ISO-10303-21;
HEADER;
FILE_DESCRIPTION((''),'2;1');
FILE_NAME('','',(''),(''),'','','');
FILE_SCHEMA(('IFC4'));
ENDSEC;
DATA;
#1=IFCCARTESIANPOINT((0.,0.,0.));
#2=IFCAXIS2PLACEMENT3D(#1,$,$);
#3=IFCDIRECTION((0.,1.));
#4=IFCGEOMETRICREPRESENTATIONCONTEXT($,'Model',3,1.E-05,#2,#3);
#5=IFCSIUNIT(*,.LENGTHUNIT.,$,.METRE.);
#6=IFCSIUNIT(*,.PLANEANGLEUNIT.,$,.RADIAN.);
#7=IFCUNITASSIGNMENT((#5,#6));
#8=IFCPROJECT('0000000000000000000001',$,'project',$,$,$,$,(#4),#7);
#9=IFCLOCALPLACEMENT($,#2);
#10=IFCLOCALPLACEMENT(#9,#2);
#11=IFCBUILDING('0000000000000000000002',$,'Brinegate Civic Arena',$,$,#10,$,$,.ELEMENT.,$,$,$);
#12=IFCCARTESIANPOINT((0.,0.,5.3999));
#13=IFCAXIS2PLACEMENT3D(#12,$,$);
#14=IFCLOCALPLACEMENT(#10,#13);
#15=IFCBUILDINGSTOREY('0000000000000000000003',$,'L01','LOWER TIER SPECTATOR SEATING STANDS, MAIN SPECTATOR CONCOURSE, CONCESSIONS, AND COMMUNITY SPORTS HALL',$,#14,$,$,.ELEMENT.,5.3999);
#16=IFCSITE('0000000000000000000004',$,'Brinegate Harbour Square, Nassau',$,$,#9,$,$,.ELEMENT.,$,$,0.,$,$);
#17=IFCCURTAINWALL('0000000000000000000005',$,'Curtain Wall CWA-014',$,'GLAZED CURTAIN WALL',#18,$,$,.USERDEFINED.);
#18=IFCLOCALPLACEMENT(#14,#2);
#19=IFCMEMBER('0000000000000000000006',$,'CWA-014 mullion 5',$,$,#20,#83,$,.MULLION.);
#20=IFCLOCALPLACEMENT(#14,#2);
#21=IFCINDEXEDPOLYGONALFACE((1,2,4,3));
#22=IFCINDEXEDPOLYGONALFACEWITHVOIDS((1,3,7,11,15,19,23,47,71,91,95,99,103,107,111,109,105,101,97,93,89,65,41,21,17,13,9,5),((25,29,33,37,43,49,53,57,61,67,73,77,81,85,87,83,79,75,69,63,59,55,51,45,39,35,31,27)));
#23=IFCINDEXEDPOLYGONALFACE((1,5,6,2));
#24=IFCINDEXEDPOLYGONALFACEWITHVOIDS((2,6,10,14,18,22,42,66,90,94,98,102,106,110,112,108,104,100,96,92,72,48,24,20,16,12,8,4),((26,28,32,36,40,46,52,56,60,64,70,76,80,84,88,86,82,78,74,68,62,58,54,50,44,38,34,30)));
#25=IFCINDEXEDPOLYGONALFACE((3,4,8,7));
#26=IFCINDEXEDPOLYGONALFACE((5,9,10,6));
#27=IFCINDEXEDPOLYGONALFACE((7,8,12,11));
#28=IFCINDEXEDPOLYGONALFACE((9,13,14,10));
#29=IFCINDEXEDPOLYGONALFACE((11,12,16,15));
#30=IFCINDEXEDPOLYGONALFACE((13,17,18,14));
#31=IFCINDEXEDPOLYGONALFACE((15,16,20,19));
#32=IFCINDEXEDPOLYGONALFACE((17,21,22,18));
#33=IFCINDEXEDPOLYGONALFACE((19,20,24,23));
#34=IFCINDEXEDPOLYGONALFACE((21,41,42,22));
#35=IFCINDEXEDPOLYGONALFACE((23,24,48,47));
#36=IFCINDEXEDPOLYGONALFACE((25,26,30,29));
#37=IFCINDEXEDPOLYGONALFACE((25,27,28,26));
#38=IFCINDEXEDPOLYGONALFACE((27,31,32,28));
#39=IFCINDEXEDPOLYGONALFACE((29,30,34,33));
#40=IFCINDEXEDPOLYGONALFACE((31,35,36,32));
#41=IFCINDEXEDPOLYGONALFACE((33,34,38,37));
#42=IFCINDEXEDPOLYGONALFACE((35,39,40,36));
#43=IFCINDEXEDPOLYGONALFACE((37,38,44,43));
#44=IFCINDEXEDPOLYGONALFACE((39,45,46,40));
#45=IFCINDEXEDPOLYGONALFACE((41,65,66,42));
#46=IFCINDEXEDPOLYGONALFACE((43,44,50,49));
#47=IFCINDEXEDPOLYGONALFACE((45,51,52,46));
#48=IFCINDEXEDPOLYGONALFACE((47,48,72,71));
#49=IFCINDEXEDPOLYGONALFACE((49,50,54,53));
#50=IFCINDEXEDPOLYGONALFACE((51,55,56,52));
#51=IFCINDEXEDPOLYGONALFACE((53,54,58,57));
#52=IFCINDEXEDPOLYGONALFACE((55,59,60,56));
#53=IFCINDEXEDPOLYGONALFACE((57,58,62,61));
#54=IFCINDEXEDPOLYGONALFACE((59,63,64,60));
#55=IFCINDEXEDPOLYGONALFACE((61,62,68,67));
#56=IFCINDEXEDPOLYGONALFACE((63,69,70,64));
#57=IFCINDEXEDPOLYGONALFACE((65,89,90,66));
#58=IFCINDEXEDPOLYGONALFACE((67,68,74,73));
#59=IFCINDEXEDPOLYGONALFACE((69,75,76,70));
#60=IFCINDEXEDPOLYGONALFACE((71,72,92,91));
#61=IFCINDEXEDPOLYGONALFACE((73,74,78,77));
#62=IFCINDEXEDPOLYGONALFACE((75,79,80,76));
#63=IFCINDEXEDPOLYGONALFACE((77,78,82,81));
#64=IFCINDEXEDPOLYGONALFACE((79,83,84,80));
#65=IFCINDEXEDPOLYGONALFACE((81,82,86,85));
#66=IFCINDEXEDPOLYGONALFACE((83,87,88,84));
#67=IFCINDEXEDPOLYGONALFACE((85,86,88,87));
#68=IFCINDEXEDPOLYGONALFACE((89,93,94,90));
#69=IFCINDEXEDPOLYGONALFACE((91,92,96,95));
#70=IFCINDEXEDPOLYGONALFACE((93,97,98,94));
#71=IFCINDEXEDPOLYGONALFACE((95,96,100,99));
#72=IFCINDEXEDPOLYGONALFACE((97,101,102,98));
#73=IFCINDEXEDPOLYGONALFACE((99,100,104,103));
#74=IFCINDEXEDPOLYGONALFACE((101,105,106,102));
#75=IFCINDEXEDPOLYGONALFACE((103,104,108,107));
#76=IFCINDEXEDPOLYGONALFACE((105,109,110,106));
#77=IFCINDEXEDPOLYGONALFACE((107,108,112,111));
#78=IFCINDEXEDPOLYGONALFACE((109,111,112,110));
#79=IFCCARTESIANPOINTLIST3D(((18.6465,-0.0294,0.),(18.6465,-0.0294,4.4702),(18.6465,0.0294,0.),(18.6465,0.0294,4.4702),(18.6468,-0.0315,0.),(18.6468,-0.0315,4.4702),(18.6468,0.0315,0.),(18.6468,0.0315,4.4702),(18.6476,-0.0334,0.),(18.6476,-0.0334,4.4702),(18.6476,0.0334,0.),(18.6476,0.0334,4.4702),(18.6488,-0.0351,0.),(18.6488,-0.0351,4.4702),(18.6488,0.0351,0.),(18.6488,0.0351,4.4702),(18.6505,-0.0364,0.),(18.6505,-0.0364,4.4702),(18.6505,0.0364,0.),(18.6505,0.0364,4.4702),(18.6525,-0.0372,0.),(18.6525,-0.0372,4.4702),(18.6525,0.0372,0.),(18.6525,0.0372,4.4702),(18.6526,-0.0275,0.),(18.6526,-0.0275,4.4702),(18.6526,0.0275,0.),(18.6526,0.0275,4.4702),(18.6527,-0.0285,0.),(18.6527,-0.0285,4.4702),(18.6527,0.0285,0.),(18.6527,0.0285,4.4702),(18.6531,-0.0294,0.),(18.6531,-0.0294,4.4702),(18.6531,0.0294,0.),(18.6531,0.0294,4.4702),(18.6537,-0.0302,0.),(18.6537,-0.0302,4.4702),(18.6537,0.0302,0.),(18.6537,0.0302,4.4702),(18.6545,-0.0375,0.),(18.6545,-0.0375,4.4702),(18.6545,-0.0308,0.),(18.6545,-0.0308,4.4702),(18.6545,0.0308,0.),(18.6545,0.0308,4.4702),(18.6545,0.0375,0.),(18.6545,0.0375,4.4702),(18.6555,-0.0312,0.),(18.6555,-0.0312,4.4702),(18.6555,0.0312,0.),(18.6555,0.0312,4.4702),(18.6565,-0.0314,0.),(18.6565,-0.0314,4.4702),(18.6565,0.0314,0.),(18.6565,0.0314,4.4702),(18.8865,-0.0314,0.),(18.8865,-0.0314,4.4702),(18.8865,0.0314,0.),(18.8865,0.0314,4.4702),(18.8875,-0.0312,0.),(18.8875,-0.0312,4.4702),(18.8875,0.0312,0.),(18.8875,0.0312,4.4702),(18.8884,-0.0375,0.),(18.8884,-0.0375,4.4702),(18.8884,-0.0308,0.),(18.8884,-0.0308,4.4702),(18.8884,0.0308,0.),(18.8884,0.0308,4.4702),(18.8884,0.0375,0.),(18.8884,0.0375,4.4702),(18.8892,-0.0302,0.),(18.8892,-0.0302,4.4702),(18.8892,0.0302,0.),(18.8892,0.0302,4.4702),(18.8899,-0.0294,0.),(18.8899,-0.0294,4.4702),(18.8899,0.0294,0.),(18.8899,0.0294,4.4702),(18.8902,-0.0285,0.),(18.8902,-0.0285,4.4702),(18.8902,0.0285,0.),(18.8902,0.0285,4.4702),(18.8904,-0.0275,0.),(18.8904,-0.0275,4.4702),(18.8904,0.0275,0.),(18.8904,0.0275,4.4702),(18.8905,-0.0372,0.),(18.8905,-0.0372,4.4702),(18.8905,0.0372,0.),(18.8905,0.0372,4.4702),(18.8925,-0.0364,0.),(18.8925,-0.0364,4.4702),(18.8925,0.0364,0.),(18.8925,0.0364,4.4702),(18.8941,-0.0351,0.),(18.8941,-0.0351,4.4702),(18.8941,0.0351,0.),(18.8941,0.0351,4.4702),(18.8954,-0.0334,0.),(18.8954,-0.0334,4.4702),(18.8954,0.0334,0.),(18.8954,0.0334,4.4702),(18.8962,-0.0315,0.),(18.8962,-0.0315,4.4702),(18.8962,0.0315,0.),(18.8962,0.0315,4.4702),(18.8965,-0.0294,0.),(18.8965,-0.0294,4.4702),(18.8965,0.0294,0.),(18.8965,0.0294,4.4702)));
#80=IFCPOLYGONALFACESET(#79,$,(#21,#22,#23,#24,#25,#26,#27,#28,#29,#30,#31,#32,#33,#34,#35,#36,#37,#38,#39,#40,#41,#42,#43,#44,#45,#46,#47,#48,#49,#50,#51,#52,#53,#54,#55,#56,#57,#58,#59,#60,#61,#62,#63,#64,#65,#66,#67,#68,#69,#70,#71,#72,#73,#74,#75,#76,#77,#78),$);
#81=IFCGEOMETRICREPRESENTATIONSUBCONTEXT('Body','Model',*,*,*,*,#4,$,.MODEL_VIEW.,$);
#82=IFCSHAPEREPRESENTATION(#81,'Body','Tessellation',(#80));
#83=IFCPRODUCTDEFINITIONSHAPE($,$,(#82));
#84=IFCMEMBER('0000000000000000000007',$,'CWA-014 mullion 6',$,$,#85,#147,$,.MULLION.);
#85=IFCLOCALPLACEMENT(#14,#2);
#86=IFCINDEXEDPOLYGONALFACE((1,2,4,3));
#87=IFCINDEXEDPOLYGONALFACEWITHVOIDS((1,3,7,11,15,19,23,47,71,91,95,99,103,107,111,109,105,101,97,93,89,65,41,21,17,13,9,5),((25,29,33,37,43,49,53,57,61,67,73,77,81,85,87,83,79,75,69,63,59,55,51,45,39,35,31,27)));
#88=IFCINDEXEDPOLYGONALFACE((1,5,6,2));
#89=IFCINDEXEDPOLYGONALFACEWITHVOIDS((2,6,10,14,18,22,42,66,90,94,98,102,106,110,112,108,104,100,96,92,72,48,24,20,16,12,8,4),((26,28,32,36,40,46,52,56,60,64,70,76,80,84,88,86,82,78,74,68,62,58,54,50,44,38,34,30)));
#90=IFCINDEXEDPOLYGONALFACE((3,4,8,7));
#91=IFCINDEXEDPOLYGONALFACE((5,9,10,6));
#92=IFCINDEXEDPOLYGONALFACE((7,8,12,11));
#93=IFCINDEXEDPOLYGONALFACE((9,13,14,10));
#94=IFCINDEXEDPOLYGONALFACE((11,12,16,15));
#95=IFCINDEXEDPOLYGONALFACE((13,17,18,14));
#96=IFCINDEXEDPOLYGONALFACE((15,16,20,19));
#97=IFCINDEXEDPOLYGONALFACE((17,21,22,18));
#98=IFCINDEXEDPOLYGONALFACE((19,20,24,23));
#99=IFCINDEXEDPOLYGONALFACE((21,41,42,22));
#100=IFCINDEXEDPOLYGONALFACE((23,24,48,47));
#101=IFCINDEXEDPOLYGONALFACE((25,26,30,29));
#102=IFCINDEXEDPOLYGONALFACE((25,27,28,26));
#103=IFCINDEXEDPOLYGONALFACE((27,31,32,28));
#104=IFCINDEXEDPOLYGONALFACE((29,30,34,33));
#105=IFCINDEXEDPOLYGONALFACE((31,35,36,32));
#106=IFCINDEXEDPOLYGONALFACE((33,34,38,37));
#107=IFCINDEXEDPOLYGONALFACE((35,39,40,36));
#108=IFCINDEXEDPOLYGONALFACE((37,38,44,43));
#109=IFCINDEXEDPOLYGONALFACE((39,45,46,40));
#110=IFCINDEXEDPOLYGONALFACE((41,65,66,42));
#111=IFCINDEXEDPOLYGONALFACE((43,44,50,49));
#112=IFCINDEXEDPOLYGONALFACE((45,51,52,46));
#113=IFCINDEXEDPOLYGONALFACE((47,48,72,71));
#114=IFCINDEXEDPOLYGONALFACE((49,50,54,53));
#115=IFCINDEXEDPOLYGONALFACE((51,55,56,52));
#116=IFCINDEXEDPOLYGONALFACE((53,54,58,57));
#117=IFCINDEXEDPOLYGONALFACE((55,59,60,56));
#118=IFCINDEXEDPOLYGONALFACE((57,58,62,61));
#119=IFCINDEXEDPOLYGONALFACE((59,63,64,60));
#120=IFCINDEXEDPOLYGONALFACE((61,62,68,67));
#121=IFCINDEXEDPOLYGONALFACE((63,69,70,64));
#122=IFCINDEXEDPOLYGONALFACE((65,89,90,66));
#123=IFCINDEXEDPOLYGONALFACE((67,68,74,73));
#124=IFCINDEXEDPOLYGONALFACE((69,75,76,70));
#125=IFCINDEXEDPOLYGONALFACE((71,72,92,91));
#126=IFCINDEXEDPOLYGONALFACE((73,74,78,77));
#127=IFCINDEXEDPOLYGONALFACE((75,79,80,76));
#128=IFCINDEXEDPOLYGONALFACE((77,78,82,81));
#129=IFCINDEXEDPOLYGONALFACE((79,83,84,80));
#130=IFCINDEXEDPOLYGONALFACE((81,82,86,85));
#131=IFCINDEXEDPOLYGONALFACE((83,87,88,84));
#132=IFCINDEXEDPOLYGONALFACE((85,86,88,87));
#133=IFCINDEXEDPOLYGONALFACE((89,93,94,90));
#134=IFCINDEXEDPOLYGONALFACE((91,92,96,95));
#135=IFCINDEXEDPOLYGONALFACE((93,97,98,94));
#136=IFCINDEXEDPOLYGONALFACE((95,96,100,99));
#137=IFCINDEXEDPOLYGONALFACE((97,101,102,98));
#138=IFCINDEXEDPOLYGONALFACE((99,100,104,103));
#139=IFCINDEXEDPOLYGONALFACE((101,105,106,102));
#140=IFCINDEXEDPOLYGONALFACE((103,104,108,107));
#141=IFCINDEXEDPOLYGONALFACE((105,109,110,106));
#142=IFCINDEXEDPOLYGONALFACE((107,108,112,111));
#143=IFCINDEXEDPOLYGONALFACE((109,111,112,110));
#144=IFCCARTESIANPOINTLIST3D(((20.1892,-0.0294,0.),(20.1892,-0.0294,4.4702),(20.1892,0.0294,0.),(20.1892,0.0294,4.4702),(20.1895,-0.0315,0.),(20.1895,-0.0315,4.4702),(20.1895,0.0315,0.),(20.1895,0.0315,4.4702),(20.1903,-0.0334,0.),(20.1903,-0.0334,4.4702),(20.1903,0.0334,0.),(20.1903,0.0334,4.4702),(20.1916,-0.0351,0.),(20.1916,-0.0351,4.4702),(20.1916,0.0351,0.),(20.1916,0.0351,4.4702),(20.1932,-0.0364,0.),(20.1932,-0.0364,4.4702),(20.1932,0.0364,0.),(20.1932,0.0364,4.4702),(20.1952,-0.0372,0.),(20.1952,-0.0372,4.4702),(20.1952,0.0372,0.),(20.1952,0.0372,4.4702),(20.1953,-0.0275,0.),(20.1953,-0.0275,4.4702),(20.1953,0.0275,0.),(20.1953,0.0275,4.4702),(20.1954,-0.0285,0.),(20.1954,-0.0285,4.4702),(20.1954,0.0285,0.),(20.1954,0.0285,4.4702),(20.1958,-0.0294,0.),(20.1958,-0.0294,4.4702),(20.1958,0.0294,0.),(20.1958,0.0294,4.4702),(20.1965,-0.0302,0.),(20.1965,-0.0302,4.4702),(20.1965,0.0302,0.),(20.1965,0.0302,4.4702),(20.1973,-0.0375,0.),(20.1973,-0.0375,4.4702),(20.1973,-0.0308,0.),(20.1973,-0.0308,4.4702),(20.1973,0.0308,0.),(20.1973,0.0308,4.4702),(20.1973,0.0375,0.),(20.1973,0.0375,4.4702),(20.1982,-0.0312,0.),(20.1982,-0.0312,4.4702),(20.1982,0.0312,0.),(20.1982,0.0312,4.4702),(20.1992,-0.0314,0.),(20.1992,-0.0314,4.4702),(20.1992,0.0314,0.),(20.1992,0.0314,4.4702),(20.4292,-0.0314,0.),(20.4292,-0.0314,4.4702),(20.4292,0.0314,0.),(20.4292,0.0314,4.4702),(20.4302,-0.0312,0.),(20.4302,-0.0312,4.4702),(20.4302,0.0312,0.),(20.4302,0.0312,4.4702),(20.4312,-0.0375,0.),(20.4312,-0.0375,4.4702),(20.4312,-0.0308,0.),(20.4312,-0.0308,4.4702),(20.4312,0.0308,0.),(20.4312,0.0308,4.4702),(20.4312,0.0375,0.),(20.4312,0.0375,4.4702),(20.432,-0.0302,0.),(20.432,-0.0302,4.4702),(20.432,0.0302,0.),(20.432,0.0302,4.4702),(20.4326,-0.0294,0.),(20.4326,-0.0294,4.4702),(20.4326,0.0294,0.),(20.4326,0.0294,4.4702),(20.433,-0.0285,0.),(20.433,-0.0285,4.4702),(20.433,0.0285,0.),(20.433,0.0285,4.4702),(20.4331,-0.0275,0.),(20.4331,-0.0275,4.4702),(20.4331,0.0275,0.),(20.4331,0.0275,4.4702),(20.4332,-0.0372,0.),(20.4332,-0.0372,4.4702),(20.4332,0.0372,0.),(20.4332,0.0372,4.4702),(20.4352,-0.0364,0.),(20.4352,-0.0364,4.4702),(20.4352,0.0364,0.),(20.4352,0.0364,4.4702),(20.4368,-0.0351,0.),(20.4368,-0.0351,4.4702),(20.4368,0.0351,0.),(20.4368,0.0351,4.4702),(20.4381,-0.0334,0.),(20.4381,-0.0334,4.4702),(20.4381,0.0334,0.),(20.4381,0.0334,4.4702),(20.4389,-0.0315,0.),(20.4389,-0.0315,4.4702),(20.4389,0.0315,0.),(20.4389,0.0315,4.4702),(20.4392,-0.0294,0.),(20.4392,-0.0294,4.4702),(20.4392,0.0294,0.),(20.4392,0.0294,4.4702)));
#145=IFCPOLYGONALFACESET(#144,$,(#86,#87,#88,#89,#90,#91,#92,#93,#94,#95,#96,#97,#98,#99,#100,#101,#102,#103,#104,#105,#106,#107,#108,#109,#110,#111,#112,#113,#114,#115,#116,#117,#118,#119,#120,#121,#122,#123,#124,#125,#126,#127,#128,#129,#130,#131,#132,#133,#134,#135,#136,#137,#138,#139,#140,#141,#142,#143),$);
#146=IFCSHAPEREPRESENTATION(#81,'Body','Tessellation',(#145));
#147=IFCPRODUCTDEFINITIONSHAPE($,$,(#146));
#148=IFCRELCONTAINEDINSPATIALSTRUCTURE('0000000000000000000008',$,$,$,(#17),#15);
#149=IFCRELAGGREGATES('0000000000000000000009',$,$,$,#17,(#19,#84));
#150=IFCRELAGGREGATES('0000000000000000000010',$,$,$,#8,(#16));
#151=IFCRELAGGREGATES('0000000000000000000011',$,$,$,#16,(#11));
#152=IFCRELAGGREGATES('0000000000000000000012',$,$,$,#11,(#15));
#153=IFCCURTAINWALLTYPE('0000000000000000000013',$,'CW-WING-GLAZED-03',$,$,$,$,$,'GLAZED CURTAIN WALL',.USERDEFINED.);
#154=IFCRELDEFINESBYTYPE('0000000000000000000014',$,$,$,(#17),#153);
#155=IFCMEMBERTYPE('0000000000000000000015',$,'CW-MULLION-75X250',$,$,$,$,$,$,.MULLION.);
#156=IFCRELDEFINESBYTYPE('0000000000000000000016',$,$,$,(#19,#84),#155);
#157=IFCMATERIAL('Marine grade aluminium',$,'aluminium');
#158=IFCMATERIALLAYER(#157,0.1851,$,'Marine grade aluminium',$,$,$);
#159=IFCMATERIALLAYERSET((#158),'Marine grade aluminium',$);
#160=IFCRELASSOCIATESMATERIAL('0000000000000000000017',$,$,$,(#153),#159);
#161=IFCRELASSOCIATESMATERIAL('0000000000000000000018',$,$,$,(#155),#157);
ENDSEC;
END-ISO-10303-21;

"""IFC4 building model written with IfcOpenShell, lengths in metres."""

from ifc_helpers import new_model, si_unit, direction, frame, origin, origin_2d, place, context, subcontext, project, spatial, hollow_rectangle, extrude, material, layer, layer_set, material_profile, profile_set, type_object, element, aggregate, save


model = new_model("IFC4")

# Units and contexts
model_context = context("Model", 3, precision=1e-05, world=origin(), true_north=direction((0.0, 1.0)))
body_context = subcontext(model_context, "Body", "Model", "MODEL_VIEW")
ifc_project = project(units=[si_unit("LENGTHUNIT", "METRE"), si_unit("PLANEANGLEUNIT", "RADIAN")], contexts=[model_context])

# Site, building, storey
site_placement = place(None, origin())
site = spatial("IfcSite", under=ifc_project, at=site_placement, Name="Brinegate Harbour Square, Nassau", CompositionType="ELEMENT", RefElevation=0.0)
building_placement = place(site_placement, origin())
building = spatial("IfcBuilding", under=site, at=building_placement, Name="Brinegate Civic Arena", CompositionType="ELEMENT")
storey_placement = place(building_placement, frame((0.0, 0.0, 5.3999)))
storey = spatial("IfcBuildingStorey", under=building, at=storey_placement, Name="L01", Description="LOWER TIER SPECTATOR SEATING STANDS, MAIN SPECTATOR CONCOURSE, CONCESSIONS, AND COMMUNITY SPORTS HALL", CompositionType="ELEMENT", Elevation=5.3999)

# Curtain wall, members
ifc_material_1 = material(Name="Marine grade aluminium", Category="aluminium")
ifc_layer_1 = layer(ifc_material_1, 0.1851, Name="Marine grade aluminium")
ifc_layer_set_1 = layer_set([ifc_layer_1], Name="Marine grade aluminium")
curtain_wall_type = type_object("IfcCurtainWallType", Name="CW-WING-GLAZED-03", ElementType="GLAZED CURTAIN WALL", PredefinedType="USERDEFINED", material=ifc_layer_set_1)
curtain_wall_placement = place(storey_placement, origin())
curtain_wall = element("IfcCurtainWall", 1, at=curtain_wall_placement, inside=storey, type_object=curtain_wall_type, Name="Curtain Wall CWA-014", ObjectType="GLAZED CURTAIN WALL", PredefinedType="USERDEFINED")
ifc_material_profile_1 = material_profile(ifc_material_1, hollow_rectangle(XDim=0.075, YDim=0.25, WallThickness=0.0061, InnerFilletRadius=0.0039, OuterFilletRadius=0.0081, at=origin_2d()), Name="MUL75X250")
ifc_profile_set_1 = profile_set([ifc_material_profile_1], Name="Marine grade aluminium")
member_type_1 = type_object("IfcMemberType", Name="CW-MULLION-75X250", PredefinedType="MULLION", material=ifc_profile_set_1)
member_1_placement = place(storey_placement, frame((18.7715, 0.0, 0.0), z_axis=(0.0, 0.0, 1.0), x_axis=(0.0, 1.0, 0.0)))
member_1 = element("IfcMember", 2, at=member_1_placement, type_object=member_type_1, Name="CWA-014 mullion 5", PredefinedType="MULLION", context=body_context, shape_type="SweptSolid", body=[
    extrude(hollow_rectangle(XDim=0.075, YDim=0.25, WallThickness=0.0061, InnerFilletRadius=0.0039, OuterFilletRadius=0.0081, at=origin_2d()), origin(), (0.0, 0.0, 1.0), 4.4702),
])
member_2_placement = place(storey_placement, frame((20.3142, 0.0, 0.0), z_axis=(0.0, 0.0, 1.0), x_axis=(0.0, 1.0, 0.0)))
member_2 = element("IfcMember", 3, at=member_2_placement, type_object=member_type_1, Name="CWA-014 mullion 6", PredefinedType="MULLION", context=body_context, shape_type="SweptSolid", body=[
    extrude(hollow_rectangle(XDim=0.075, YDim=0.25, WallThickness=0.0061, InnerFilletRadius=0.0039, OuterFilletRadius=0.0081, at=origin_2d()), origin(), (0.0, 0.0, 1.0), 4.4702),
])

aggregate(curtain_wall, [member_1, member_2])

save(model, "model.ifc")
